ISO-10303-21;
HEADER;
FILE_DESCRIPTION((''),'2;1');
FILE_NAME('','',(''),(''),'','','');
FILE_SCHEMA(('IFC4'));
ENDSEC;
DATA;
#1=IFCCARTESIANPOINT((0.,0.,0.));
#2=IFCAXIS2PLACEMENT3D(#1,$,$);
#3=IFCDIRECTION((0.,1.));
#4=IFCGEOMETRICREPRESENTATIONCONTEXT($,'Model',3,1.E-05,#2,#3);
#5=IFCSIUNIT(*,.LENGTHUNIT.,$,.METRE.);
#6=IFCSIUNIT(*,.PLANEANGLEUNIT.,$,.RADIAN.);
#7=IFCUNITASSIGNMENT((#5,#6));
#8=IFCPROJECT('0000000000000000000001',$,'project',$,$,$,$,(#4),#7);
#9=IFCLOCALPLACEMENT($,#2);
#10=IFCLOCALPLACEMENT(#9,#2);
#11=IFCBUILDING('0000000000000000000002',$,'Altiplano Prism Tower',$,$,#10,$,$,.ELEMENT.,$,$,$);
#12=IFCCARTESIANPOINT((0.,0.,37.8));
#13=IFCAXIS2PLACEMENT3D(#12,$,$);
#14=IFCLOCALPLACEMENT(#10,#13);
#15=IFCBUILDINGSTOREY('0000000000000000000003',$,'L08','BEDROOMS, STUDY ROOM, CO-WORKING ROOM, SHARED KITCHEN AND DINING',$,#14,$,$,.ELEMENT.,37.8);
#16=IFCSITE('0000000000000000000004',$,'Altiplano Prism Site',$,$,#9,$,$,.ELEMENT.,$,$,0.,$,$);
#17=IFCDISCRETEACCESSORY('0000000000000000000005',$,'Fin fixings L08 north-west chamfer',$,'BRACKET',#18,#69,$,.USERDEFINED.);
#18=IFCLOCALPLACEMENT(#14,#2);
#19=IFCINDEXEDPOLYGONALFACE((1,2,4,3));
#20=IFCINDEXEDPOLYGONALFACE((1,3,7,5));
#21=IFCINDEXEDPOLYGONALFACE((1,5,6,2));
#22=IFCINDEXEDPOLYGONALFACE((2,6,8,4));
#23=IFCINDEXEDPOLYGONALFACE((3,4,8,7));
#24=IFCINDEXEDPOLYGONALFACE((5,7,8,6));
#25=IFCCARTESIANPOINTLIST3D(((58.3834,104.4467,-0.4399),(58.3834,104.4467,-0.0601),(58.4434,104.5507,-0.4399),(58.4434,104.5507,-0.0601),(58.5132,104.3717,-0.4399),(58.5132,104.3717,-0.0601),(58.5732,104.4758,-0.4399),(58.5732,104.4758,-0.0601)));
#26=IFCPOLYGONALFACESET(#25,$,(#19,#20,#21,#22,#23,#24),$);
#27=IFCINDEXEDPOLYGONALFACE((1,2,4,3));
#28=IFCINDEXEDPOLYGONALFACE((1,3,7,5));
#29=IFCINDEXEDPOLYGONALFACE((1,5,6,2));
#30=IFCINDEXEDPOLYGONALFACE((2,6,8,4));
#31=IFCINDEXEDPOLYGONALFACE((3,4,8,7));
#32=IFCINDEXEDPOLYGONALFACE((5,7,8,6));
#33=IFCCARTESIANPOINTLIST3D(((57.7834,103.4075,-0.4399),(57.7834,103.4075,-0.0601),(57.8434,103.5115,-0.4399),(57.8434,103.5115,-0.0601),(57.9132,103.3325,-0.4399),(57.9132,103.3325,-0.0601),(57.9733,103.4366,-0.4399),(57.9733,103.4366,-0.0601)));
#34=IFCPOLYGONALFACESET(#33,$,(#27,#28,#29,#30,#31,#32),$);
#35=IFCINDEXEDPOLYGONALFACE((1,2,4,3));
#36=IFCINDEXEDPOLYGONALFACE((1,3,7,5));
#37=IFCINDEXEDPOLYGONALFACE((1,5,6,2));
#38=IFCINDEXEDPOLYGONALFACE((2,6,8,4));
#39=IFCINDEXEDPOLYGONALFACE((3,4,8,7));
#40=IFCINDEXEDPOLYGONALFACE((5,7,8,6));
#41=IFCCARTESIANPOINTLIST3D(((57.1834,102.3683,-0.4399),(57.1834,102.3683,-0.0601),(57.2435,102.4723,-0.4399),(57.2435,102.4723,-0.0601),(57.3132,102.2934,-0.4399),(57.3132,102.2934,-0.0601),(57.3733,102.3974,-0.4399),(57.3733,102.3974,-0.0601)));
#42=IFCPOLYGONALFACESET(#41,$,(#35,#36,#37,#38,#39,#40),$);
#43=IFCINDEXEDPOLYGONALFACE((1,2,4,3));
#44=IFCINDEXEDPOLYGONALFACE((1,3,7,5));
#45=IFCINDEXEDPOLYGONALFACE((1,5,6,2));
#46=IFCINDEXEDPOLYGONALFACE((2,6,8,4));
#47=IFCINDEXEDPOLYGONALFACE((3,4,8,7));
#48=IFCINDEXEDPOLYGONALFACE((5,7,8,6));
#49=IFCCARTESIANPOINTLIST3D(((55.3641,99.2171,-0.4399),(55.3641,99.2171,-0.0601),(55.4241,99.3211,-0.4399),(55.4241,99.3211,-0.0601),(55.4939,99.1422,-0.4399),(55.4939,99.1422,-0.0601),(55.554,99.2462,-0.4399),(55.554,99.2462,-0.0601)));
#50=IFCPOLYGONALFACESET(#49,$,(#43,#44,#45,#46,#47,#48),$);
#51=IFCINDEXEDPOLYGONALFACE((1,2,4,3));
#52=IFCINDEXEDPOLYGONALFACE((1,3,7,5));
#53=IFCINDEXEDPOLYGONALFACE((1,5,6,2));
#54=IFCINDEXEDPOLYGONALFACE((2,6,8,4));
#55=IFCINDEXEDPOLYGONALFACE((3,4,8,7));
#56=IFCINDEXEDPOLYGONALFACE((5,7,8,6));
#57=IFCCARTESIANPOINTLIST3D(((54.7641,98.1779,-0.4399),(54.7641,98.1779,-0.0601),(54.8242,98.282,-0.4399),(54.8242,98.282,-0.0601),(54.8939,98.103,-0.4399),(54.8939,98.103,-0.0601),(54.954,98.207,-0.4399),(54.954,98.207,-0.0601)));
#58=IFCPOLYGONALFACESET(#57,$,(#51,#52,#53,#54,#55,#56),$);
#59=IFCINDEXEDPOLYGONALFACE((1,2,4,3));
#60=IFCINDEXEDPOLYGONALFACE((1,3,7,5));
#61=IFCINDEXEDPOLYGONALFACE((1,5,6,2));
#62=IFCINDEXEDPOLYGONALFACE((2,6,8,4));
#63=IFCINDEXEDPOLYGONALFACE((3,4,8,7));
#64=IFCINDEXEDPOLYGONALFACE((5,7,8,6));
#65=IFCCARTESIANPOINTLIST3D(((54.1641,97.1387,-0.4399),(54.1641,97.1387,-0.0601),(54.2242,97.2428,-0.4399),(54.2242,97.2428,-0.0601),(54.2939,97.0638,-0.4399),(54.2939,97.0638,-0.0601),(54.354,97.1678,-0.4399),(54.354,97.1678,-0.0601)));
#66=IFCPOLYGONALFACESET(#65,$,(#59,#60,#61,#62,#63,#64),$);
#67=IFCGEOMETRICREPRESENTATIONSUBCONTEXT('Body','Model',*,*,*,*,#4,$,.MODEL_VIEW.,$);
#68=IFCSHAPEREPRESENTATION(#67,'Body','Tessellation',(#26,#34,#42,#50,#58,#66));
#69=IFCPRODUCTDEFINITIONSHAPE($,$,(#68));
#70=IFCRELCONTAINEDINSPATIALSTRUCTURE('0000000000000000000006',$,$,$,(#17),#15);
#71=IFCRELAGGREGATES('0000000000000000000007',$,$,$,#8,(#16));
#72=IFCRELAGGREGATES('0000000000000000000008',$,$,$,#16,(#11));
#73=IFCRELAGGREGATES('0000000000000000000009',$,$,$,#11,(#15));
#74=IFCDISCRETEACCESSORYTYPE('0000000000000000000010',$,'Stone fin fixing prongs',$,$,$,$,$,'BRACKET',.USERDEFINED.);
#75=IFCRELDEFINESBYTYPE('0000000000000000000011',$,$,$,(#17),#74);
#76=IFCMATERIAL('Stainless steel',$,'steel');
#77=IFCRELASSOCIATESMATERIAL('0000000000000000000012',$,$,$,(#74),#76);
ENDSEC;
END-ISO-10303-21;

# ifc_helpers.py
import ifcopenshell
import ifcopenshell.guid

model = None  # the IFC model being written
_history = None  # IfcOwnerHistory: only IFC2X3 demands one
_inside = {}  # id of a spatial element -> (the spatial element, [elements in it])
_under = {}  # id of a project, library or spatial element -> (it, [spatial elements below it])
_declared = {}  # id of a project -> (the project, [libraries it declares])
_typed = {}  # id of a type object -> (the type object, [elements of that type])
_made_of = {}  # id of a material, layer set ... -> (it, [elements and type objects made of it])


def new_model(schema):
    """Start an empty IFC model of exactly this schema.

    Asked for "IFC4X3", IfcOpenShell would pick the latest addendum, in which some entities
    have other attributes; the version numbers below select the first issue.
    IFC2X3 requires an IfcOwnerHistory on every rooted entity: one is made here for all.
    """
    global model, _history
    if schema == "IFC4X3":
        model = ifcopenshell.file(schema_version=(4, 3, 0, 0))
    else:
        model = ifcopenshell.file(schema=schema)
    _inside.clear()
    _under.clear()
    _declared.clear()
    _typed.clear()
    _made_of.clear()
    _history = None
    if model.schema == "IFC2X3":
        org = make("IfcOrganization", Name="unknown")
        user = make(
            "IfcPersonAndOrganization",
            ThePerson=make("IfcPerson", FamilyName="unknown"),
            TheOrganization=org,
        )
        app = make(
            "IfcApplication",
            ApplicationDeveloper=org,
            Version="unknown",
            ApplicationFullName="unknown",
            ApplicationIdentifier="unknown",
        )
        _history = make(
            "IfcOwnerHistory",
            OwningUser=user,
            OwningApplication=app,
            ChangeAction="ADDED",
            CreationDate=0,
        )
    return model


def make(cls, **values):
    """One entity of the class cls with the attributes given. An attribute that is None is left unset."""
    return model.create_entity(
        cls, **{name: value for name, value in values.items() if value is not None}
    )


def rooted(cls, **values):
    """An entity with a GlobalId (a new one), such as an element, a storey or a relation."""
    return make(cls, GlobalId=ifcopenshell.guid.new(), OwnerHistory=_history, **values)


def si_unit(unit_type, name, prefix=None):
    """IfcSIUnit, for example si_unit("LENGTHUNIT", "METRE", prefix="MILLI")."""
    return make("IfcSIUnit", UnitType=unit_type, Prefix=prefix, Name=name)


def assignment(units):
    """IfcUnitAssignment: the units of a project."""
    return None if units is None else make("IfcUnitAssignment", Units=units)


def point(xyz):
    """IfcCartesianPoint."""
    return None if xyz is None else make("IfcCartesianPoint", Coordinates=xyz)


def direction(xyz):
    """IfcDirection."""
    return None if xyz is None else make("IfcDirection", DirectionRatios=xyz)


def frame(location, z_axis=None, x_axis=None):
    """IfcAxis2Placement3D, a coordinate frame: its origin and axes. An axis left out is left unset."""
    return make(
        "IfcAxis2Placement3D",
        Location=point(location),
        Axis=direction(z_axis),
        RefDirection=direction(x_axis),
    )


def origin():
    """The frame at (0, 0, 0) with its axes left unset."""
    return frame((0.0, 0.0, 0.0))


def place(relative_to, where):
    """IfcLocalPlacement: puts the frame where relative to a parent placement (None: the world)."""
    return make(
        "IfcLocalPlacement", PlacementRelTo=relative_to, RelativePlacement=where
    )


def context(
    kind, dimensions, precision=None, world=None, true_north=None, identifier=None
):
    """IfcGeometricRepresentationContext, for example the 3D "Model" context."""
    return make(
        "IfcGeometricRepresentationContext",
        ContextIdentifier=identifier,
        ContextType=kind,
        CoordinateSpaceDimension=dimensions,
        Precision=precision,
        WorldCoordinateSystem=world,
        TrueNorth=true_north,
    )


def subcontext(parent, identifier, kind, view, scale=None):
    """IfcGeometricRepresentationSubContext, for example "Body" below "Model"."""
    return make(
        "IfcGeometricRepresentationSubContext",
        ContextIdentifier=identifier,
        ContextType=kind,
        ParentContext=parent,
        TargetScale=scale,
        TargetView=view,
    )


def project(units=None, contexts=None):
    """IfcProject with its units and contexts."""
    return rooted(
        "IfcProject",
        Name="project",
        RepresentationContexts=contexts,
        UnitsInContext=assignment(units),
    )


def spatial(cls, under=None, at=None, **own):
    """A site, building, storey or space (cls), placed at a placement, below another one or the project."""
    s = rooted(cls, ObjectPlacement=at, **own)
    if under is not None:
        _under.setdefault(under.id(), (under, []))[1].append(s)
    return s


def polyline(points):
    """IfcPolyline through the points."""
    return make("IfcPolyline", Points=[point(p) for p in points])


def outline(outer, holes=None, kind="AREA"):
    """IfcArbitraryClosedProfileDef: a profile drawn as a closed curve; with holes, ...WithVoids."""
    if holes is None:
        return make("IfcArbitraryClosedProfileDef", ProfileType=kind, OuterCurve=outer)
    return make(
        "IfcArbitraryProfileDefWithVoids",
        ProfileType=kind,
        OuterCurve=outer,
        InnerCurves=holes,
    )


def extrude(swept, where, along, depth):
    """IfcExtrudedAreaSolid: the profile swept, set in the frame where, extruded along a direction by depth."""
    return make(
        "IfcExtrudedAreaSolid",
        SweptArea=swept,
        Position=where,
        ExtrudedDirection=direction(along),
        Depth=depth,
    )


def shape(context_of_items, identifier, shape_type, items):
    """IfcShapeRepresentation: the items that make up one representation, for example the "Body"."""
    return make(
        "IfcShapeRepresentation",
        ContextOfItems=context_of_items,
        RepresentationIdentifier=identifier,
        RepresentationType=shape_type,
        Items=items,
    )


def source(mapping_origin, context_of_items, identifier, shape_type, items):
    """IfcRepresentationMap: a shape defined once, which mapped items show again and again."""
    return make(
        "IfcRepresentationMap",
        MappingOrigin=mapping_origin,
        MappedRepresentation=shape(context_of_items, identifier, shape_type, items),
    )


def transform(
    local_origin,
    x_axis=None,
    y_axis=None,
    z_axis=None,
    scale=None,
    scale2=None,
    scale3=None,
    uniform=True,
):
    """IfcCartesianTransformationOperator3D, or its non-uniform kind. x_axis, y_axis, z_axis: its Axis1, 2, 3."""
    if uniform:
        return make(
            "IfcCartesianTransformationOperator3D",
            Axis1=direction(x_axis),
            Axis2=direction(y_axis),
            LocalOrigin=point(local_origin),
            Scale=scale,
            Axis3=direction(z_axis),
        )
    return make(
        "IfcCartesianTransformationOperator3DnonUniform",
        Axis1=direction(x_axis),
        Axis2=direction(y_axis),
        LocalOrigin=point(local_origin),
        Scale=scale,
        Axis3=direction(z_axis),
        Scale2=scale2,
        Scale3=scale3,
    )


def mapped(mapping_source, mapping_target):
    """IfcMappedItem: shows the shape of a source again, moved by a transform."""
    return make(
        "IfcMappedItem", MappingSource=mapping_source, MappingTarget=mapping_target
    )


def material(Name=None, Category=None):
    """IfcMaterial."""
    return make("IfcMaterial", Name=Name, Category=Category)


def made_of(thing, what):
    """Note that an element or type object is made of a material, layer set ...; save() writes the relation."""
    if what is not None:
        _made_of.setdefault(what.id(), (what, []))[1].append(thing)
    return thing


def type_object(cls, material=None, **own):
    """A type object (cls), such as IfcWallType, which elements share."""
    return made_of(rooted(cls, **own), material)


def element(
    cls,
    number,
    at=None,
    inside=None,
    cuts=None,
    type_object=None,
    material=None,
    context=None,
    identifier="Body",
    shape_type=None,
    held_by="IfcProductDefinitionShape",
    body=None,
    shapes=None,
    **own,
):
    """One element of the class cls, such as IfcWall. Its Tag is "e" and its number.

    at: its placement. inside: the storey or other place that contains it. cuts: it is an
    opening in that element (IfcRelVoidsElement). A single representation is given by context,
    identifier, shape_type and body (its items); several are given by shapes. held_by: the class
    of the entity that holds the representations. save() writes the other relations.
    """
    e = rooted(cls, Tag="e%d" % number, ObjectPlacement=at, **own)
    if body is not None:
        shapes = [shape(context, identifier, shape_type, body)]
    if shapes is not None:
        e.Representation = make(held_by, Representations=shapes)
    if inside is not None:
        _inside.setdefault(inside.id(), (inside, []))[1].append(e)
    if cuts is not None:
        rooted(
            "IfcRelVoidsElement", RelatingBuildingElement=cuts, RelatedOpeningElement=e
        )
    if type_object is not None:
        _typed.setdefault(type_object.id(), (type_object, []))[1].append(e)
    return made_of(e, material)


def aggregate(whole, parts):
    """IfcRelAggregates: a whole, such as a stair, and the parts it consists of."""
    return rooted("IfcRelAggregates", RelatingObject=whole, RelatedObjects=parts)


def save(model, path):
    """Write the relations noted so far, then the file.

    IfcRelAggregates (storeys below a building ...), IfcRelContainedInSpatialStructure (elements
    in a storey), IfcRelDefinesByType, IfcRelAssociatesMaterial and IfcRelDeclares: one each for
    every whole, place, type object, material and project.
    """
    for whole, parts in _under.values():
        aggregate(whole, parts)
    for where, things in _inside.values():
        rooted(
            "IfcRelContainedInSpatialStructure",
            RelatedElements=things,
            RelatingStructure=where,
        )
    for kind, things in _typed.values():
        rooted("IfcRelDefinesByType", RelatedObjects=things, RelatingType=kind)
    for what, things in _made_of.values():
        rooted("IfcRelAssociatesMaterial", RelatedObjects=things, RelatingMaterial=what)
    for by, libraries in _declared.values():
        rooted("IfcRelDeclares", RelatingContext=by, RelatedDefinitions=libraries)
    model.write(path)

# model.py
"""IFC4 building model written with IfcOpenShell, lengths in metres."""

from ifc_helpers import new_model, si_unit, direction, frame, origin, place, context, subcontext, project, spatial, polyline, outline, extrude, source, transform, mapped, material, type_object, element, save


model = new_model("IFC4")

# Units and contexts
model_context = context("Model", 3, precision=1e-05, world=origin(), true_north=direction((0.0, 1.0)))
body_context = subcontext(model_context, "Body", "Model", "MODEL_VIEW")
ifc_project = project(units=[si_unit("LENGTHUNIT", "METRE"), si_unit("PLANEANGLEUNIT", "RADIAN")], contexts=[model_context])

# Site, building, storey
site_placement = place(None, origin())
site = spatial("IfcSite", under=ifc_project, at=site_placement, Name="Altiplano Prism Site", CompositionType="ELEMENT", RefElevation=0.0)
building_placement = place(site_placement, origin())
building = spatial("IfcBuilding", under=site, at=building_placement, Name="Altiplano Prism Tower", CompositionType="ELEMENT")
storey_placement = place(building_placement, frame((0.0, 0.0, 37.8)))
storey = spatial("IfcBuildingStorey", under=building, at=storey_placement, Name="L08", Description="BEDROOMS, STUDY ROOM, CO-WORKING ROOM, SHARED KITCHEN AND DINING", CompositionType="ELEMENT", Elevation=37.8)

# Discrete accessory
ifc_material_1 = material(Name="Stainless steel", Category="steel")
discrete_accessory_type = type_object("IfcDiscreteAccessoryType", Name="Stone fin fixing prongs", ElementType="BRACKET", PredefinedType="USERDEFINED", material=ifc_material_1)
shared_shape_1 = source(origin(), body_context, "Body", "SweptSolid", [
    extrude(outline(polyline([(-4.2793, 0.0601), (-4.1592, 0.0601), (-4.1592, 0.4399), (-4.2793, 0.4399), (-4.2793, 0.0601)])), frame((0.0, 0.0, 0.0), z_axis=(0.0, -1.0, 0.0), x_axis=(1.0, 0.0, 0.0)), (0.0, 0.0, 1.0), 0.1499),
    extrude(outline(polyline([(-3.0793, 0.0601), (-2.9592, 0.0601), (-2.9592, 0.4399), (-3.0793, 0.4399), (-3.0793, 0.0601)])), frame((0.0, 0.0, 0.0), z_axis=(0.0, -1.0, 0.0), x_axis=(1.0, 0.0, 0.0)), (0.0, 0.0, 1.0), 0.1499),
    extrude(outline(polyline([(-1.8794, 0.0601), (-1.7593, 0.0601), (-1.7593, 0.4399), (-1.8794, 0.4399), (-1.8794, 0.0601)])), frame((0.0, 0.0, 0.0), z_axis=(0.0, -1.0, 0.0), x_axis=(1.0, 0.0, 0.0)), (0.0, 0.0, 1.0), 0.1499),
    extrude(outline(polyline([(1.7593, 0.0601), (1.8794, 0.0601), (1.8794, 0.4399), (1.7593, 0.4399), (1.7593, 0.0601)])), frame((0.0, 0.0, 0.0), z_axis=(0.0, -1.0, 0.0), x_axis=(1.0, 0.0, 0.0)), (0.0, 0.0, 1.0), 0.1499),
    extrude(outline(polyline([(2.9592, 0.0601), (3.0793, 0.0601), (3.0793, 0.4399), (2.9592, 0.4399), (2.9592, 0.0601)])), frame((0.0, 0.0, 0.0), z_axis=(0.0, -1.0, 0.0), x_axis=(1.0, 0.0, 0.0)), (0.0, 0.0, 1.0), 0.1499),
    extrude(outline(polyline([(4.1592, 0.0601), (4.2793, 0.0601), (4.2793, 0.4399), (4.1592, 0.4399), (4.1592, 0.0601)])), frame((0.0, 0.0, 0.0), z_axis=(0.0, -1.0, 0.0), x_axis=(1.0, 0.0, 0.0)), (0.0, 0.0, 1.0), 0.1499),
])
discrete_accessory_1_placement = place(storey_placement, origin())
element("IfcDiscreteAccessory", 1, at=discrete_accessory_1_placement, inside=storey, type_object=discrete_accessory_type, Name="Fin fixings L08 north-west chamfer", ObjectType="BRACKET", PredefinedType="USERDEFINED", context=body_context, shape_type="MappedRepresentation", body=[
    mapped(shared_shape_1, transform((56.4336, 100.7698, -0.5), x_axis=(-0.5, -0.866025, 0.0), y_axis=(0.866025, -0.5, 0.0), z_axis=(0.0, 0.0, 1.0))),
])

save(model, "model.ifc")
